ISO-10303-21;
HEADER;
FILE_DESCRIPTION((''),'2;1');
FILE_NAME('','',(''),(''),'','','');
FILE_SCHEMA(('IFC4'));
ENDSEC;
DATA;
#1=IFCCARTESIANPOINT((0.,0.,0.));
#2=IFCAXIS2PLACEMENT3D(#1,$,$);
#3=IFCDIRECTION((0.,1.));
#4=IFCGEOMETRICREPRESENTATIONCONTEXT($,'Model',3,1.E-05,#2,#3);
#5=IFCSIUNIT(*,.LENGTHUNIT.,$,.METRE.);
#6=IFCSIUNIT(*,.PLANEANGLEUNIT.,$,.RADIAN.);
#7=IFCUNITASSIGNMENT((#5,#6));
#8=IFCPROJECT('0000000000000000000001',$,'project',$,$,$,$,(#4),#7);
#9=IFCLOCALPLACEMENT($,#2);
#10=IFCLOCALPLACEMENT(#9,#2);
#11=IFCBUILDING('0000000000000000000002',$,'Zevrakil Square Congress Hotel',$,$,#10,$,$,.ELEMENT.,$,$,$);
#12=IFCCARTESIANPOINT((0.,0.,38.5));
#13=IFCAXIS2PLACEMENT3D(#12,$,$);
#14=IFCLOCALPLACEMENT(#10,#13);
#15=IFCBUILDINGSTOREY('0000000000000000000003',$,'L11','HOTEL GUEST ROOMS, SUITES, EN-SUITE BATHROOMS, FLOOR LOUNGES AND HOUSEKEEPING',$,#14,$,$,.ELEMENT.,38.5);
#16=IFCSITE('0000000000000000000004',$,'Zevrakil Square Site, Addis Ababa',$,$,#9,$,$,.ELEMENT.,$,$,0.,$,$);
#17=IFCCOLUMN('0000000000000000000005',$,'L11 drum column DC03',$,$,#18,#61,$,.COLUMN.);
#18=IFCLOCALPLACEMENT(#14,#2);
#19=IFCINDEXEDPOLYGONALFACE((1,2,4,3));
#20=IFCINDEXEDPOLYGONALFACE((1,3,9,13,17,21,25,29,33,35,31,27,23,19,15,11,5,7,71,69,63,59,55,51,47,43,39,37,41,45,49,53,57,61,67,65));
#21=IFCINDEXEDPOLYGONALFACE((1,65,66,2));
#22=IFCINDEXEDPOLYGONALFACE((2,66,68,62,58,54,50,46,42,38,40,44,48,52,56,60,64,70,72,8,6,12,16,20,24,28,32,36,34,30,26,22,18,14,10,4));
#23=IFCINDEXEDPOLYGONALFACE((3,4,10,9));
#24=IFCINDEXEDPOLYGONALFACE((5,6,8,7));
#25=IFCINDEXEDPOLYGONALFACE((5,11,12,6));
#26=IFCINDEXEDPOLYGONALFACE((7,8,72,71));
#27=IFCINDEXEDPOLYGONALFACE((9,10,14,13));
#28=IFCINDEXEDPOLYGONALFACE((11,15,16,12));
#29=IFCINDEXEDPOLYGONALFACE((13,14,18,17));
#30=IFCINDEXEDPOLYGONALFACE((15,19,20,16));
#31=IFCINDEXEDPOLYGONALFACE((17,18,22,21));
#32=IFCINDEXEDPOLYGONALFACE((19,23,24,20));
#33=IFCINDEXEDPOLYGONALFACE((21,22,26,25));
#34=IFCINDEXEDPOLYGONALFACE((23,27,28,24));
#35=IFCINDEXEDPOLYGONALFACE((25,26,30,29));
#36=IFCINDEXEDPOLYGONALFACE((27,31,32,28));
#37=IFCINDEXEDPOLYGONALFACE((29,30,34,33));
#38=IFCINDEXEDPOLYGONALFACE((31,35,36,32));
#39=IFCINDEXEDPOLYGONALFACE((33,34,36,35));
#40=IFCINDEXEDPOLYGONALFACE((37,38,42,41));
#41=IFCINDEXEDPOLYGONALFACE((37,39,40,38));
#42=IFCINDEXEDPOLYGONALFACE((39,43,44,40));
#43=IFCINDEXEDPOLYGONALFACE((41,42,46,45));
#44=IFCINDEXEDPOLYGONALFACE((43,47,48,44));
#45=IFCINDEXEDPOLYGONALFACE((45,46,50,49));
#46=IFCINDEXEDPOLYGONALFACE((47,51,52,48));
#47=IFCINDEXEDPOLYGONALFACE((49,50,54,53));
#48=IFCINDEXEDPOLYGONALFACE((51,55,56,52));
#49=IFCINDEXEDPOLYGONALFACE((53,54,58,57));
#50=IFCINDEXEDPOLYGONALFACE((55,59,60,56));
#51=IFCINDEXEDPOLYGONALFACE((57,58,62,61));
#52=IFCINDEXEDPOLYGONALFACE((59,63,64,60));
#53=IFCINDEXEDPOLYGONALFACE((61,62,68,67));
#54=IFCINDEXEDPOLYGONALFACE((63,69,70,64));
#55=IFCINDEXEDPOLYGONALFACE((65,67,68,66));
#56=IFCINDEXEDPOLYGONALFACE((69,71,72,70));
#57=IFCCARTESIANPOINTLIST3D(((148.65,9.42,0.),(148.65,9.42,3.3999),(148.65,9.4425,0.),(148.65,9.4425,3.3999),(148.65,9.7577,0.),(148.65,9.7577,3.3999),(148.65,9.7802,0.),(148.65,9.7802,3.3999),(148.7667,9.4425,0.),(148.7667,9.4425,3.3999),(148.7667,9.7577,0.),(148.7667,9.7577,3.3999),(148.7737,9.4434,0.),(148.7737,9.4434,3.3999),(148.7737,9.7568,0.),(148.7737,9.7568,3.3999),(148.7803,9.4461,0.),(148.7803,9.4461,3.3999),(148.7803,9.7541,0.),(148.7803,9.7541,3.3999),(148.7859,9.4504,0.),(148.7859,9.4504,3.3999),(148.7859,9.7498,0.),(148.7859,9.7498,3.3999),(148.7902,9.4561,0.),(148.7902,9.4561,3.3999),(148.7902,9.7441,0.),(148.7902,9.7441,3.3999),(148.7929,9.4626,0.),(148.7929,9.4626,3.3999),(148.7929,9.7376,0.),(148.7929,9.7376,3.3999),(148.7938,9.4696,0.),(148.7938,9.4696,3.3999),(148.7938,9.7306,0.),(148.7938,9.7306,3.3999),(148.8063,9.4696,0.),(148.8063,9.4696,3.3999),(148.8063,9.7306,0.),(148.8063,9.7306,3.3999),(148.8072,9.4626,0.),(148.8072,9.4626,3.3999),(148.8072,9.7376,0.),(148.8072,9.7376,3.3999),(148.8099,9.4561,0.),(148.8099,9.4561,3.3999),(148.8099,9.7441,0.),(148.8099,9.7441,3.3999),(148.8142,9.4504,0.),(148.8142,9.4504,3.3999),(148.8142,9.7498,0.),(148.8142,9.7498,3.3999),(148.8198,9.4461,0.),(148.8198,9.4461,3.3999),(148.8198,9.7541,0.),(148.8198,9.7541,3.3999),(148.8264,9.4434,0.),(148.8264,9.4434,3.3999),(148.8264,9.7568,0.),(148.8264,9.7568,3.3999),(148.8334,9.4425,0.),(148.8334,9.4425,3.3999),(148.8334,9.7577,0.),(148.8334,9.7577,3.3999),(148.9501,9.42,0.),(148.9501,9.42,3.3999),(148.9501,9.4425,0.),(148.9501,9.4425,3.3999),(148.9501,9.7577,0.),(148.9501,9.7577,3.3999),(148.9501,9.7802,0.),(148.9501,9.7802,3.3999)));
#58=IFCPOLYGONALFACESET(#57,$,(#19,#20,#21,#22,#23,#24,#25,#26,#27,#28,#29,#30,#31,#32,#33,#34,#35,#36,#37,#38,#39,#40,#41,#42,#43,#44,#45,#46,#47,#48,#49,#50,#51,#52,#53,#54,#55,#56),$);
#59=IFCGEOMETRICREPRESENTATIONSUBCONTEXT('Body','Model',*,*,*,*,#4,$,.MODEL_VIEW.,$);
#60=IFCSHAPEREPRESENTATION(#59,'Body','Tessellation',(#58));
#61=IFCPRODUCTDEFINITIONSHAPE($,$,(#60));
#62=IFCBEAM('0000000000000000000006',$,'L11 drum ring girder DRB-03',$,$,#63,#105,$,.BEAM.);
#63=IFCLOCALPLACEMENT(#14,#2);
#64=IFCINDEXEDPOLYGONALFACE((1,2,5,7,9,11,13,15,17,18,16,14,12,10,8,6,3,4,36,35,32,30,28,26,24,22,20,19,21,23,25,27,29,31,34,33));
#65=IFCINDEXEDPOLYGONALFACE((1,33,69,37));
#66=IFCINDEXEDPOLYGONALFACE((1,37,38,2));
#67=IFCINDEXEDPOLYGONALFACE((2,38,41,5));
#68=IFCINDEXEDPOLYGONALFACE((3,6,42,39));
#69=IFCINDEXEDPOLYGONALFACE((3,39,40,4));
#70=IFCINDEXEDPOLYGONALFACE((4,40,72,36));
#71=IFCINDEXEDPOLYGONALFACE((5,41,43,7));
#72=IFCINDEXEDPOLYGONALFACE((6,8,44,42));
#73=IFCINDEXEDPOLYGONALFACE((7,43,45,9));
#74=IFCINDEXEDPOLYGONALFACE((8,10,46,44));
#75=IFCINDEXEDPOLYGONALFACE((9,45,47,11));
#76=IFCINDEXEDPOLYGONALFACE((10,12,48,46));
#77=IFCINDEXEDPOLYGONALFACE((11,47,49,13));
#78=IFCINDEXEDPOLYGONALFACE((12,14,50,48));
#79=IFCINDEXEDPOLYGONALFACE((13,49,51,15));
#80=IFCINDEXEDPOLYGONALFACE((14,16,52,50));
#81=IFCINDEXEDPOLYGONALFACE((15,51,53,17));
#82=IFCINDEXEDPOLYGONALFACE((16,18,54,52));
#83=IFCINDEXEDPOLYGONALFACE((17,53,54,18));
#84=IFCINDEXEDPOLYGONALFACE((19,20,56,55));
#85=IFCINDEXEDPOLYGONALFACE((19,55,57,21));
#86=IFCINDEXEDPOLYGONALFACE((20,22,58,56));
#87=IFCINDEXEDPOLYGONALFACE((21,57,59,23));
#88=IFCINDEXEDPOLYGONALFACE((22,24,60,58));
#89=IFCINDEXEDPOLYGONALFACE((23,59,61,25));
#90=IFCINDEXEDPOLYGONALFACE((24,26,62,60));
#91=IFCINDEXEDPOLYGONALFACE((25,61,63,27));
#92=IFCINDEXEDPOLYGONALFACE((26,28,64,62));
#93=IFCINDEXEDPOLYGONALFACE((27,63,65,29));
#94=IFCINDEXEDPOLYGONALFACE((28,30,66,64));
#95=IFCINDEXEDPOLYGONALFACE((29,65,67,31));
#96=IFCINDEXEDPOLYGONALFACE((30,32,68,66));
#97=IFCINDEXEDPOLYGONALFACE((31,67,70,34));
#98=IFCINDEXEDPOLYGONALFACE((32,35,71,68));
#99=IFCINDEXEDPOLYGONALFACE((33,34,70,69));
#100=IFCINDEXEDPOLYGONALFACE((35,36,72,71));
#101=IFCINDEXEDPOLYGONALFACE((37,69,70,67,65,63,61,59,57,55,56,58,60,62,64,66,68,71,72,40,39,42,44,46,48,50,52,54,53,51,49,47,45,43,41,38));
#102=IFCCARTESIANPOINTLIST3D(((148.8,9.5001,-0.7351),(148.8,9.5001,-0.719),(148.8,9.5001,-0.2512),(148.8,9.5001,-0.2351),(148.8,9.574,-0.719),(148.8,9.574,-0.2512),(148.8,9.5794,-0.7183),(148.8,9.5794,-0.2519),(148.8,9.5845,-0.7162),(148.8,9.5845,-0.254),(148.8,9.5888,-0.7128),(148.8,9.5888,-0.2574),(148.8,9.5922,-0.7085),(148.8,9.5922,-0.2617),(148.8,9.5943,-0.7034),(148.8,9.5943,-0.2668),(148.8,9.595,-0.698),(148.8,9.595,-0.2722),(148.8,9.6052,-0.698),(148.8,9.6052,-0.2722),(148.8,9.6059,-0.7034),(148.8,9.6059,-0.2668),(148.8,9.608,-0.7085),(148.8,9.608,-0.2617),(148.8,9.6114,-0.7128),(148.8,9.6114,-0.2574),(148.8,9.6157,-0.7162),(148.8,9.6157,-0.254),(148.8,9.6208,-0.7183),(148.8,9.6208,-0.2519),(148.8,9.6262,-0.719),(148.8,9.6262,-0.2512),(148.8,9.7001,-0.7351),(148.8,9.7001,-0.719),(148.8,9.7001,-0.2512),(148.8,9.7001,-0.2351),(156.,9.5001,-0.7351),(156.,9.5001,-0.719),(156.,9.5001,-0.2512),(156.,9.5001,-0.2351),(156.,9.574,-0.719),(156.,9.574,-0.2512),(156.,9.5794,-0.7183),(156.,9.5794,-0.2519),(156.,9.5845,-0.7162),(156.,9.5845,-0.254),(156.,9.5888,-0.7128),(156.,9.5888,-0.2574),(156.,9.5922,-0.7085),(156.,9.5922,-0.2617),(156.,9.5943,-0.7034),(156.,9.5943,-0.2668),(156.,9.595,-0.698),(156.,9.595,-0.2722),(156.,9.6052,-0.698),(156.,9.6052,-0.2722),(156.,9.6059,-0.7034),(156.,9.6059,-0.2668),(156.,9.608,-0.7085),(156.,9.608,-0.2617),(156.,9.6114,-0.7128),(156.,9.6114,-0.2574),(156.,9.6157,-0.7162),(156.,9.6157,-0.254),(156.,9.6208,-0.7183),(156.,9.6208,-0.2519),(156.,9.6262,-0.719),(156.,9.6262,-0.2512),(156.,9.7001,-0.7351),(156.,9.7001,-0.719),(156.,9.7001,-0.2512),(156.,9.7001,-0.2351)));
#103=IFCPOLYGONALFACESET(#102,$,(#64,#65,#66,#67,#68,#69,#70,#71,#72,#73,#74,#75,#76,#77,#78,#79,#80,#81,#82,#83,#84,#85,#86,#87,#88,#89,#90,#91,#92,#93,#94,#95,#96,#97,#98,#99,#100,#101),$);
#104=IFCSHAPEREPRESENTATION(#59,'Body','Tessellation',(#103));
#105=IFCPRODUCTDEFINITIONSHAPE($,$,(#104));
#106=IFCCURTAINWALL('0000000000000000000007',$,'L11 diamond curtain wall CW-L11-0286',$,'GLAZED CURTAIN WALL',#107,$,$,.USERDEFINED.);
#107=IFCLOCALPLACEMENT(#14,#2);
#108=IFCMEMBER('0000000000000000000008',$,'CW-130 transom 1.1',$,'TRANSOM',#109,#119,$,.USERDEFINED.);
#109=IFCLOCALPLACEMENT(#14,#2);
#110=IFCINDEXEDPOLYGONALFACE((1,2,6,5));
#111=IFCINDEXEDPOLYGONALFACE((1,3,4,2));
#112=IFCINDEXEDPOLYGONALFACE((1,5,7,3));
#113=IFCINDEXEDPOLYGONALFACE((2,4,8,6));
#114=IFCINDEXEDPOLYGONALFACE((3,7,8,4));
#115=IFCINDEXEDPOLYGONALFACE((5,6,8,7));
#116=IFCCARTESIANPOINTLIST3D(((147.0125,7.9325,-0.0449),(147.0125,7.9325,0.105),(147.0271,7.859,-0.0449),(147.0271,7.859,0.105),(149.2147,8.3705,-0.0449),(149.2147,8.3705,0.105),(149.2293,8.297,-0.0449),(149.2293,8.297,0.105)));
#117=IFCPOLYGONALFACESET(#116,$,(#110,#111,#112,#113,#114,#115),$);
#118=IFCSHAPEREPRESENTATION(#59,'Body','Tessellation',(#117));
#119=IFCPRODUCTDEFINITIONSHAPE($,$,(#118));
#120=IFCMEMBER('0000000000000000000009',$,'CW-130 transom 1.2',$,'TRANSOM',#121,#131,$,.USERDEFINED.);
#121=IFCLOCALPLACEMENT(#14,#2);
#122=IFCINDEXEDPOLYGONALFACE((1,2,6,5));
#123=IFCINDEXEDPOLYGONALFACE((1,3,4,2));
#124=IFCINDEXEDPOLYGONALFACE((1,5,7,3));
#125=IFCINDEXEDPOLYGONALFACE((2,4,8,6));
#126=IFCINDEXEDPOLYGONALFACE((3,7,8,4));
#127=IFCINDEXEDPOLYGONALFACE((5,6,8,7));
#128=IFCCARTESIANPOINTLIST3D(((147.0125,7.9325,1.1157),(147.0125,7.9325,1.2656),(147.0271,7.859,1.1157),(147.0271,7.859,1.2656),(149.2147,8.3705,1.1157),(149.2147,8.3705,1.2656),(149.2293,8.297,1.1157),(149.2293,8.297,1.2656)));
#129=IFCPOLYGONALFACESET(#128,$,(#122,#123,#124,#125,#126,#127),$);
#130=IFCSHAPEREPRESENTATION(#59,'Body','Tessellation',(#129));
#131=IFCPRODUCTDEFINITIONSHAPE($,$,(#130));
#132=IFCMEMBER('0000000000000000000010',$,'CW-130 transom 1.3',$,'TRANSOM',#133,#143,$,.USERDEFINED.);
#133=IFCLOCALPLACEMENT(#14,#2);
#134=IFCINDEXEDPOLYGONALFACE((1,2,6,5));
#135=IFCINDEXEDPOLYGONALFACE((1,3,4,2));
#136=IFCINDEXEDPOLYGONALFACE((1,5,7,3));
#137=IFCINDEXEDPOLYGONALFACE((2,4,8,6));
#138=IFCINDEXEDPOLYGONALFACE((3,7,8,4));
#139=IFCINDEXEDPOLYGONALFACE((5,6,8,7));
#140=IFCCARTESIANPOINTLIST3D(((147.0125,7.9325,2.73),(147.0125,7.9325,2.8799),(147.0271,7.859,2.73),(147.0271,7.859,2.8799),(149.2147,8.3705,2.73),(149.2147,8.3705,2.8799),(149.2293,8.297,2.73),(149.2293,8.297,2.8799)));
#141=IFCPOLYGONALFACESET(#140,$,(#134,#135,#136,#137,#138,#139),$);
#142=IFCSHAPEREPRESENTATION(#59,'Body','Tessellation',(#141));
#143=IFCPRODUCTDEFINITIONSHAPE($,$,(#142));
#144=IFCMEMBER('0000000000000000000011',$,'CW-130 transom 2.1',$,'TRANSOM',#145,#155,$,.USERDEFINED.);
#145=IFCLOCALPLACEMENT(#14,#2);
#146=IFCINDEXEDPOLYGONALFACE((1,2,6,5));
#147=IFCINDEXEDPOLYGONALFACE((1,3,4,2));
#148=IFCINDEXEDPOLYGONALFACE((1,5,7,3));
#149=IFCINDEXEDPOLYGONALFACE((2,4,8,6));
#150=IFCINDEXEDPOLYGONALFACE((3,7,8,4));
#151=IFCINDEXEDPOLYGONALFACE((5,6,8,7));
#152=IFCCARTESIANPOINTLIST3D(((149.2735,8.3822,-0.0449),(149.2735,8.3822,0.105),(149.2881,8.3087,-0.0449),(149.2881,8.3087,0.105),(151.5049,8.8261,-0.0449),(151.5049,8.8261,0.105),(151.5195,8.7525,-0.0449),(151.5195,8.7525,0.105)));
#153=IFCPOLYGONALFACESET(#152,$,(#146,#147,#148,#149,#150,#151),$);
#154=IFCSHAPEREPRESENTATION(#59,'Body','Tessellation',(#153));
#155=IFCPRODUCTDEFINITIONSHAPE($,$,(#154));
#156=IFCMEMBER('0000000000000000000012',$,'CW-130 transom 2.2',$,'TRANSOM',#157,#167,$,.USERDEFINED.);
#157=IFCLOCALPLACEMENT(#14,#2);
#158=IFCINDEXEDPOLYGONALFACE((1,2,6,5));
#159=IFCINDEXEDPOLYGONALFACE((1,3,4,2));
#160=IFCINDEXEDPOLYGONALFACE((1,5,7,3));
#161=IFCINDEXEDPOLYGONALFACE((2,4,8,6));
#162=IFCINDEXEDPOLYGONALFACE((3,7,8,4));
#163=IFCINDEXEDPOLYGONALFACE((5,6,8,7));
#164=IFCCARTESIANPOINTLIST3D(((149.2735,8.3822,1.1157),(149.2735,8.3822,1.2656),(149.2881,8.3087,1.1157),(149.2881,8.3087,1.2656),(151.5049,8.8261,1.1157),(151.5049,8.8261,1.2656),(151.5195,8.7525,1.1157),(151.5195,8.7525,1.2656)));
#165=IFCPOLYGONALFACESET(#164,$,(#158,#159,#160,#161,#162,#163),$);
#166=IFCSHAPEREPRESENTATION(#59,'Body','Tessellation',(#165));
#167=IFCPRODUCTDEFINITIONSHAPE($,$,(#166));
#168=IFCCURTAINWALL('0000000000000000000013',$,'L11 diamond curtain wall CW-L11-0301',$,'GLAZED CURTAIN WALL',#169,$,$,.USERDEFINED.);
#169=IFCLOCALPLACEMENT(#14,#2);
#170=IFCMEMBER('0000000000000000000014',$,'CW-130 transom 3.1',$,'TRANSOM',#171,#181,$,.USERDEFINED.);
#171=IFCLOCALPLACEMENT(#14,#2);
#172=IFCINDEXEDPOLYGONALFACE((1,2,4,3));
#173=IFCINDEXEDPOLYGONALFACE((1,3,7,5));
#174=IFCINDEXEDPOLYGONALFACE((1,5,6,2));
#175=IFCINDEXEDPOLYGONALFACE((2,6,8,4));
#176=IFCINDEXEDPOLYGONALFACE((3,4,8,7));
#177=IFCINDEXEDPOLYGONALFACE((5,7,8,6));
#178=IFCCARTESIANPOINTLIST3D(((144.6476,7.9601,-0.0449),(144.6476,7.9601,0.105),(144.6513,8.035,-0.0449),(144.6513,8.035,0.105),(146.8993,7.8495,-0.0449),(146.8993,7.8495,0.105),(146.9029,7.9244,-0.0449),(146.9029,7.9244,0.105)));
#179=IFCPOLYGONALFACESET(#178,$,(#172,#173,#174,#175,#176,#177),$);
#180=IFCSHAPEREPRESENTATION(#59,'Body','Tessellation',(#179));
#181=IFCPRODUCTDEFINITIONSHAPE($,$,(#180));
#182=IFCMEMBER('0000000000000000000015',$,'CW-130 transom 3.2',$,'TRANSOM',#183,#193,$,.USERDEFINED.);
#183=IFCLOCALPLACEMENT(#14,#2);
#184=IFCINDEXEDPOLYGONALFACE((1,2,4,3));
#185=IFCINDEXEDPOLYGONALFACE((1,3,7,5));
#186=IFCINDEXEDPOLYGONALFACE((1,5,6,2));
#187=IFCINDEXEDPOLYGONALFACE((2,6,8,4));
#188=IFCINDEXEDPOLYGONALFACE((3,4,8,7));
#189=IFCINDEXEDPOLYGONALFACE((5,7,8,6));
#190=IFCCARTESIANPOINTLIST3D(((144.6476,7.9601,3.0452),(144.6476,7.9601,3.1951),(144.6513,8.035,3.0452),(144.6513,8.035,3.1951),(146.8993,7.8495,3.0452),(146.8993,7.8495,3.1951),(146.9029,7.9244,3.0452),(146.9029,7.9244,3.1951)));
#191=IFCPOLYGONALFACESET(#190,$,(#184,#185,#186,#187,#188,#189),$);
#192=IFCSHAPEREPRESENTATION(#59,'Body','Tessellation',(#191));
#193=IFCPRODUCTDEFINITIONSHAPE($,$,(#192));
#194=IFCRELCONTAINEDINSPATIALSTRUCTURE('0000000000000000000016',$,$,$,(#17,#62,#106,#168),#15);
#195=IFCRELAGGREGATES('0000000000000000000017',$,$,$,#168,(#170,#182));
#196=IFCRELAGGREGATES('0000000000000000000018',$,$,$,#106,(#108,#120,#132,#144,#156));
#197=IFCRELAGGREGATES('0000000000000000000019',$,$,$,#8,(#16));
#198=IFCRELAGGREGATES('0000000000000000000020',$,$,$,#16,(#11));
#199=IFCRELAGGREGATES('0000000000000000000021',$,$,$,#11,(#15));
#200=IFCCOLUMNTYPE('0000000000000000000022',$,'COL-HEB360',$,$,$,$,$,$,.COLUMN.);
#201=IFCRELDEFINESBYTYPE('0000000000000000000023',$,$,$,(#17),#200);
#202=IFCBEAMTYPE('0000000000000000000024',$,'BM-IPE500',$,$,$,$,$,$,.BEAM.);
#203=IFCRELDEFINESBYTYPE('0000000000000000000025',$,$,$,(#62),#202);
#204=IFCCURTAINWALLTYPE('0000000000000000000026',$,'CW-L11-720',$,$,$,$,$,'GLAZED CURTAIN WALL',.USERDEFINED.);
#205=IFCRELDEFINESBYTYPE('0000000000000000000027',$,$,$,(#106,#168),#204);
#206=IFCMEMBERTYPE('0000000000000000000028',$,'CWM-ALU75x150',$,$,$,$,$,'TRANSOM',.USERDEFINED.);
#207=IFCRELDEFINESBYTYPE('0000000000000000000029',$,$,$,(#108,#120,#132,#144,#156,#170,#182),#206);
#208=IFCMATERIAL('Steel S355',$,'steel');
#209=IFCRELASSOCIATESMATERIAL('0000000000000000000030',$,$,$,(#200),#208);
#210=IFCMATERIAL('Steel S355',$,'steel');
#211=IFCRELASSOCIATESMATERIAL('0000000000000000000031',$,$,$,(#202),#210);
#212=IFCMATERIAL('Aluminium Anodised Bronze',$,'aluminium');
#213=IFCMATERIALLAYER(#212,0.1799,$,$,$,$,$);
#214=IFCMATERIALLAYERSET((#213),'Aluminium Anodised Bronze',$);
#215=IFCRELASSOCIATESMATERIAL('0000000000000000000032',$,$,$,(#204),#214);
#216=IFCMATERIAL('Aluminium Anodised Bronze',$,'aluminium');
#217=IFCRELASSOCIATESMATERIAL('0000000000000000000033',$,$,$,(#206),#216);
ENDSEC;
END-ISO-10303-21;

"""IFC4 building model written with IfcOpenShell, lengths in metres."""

from ifc_helpers import new_model, si_unit, direction, frame, origin, origin_2d, place, context, subcontext, project, spatial, rectangle, i_section, extrude, material, layer, layer_set, material_profile, profile_set, type_object, element, aggregate, save


model = new_model("IFC4")

# Units and contexts
model_context = context("Model", 3, precision=1e-05, world=origin(), true_north=direction((0.0, 1.0)))
body_context = subcontext(model_context, "Body", "Model", "MODEL_VIEW")
ifc_project = project(units=[si_unit("LENGTHUNIT", "METRE"), si_unit("PLANEANGLEUNIT", "RADIAN")], contexts=[model_context])

# Site, building, storey
site_placement = place(None, origin())
site = spatial("IfcSite", under=ifc_project, at=site_placement, Name="Zevrakil Square Site, Addis Ababa", CompositionType="ELEMENT", RefElevation=0.0)
building_placement = place(site_placement, origin())
building = spatial("IfcBuilding", under=site, at=building_placement, Name="Zevrakil Square Congress Hotel", CompositionType="ELEMENT")
storey_placement = place(building_placement, frame((0.0, 0.0, 38.5)))
storey = spatial("IfcBuildingStorey", under=building, at=storey_placement, Name="L11", Description="HOTEL GUEST ROOMS, SUITES, EN-SUITE BATHROOMS, FLOOR LOUNGES AND HOUSEKEEPING", CompositionType="ELEMENT", Elevation=38.5)

# Column
ifc_material_1 = material(Name="Steel S355", Category="steel")
ifc_material_profile_1 = material_profile(ifc_material_1, i_section(OverallWidth=0.3, OverallDepth=0.3601, WebThickness=0.0125, FlangeThickness=0.0225, FilletRadius=0.0271, at=origin_2d()), Name="HEB 360")
ifc_profile_set_1 = profile_set([ifc_material_profile_1], Name="Steel S355")
column_type = type_object("IfcColumnType", Name="COL-HEB360", PredefinedType="COLUMN", material=ifc_profile_set_1)
column_placement = place(storey_placement, frame((148.8, 9.6001, 0.0), z_axis=(0.0, 0.0, 1.0), x_axis=(1.0, 0.0, 0.0)))
element("IfcColumn", 1, at=column_placement, inside=storey, type_object=column_type, Name="L11 drum column DC03", PredefinedType="COLUMN", context=body_context, shape_type="SweptSolid", body=[
    extrude(i_section(OverallWidth=0.3, OverallDepth=0.3601, WebThickness=0.0125, FlangeThickness=0.0225, FilletRadius=0.0271, at=origin_2d()), origin(), (0.0, 0.0, 1.0), 3.3999),
])

# Beam
ifc_material_2 = material(Name="Steel S355", Category="steel")
ifc_material_profile_2 = material_profile(ifc_material_2, i_section(OverallWidth=0.2, OverallDepth=0.5, WebThickness=0.0103, FlangeThickness=0.0161, FilletRadius=0.021, at=origin_2d()), Name="IPE 500")
ifc_profile_set_2 = profile_set([ifc_material_profile_2], Name="Steel S355")
beam_type_1 = type_object("IfcBeamType", Name="BM-IPE500", PredefinedType="BEAM", material=ifc_profile_set_2)
beam_1_placement = place(storey_placement, frame((148.8, 9.6001, -0.4851), z_axis=(1.0, 0.0, 0.0), x_axis=(0.0, 1.0, 0.0)))
element("IfcBeam", 2, at=beam_1_placement, inside=storey, type_object=beam_type_1, Name="L11 drum ring girder DRB-03", PredefinedType="BEAM", context=body_context, shape_type="SweptSolid", body=[
    extrude(i_section(OverallWidth=0.2, OverallDepth=0.5, WebThickness=0.0103, FlangeThickness=0.0161, FilletRadius=0.021, at=origin_2d()), origin(), (0.0, 0.0, 1.0), 7.2),
])

# Curtain walls, members
ifc_material_3 = material(Name="Aluminium Anodised Bronze", Category="aluminium")
ifc_layer_1 = layer(ifc_material_3, 0.1799)
ifc_layer_set_1 = layer_set([ifc_layer_1], Name="Aluminium Anodised Bronze")
curtain_wall_type = type_object("IfcCurtainWallType", Name="CW-L11-720", ElementType="GLAZED CURTAIN WALL", PredefinedType="USERDEFINED", material=ifc_layer_set_1)
curtain_wall_1_placement = place(storey_placement, origin())
curtain_wall_1 = element("IfcCurtainWall", 3, at=curtain_wall_1_placement, inside=storey, type_object=curtain_wall_type, Name="L11 diamond curtain wall CW-L11-0286", ObjectType="GLAZED CURTAIN WALL", PredefinedType="USERDEFINED")
ifc_material_4 = material(Name="Aluminium Anodised Bronze", Category="aluminium")
ifc_material_profile_3 = material_profile(ifc_material_4, rectangle(XDim=0.075, YDim=0.1499, at=origin_2d()), Name="ALU 75x150")
ifc_profile_set_3 = profile_set([ifc_material_profile_3], Name="Aluminium Anodised Bronze")
member_type_1 = type_object("IfcMemberType", Name="CWM-ALU75x150", ElementType="TRANSOM", PredefinedType="USERDEFINED", material=ifc_profile_set_3)
member_1_placement = place(storey_placement, frame((147.0198, 7.8958, 0.03), z_axis=(0.980789, 0.19507, 0.0), x_axis=(-0.19507, 0.980789, 0.0)))
member_1 = element("IfcMember", 4, at=member_1_placement, type_object=member_type_1, Name="CW-130 transom 1.1", ObjectType="TRANSOM", PredefinedType="USERDEFINED", context=body_context, shape_type="SweptSolid", body=[
    extrude(rectangle(XDim=0.075, YDim=0.1499, at=origin_2d()), origin(), (0.0, 0.0, 1.0), 2.2454),
])
member_2_placement = place(storey_placement, frame((147.0198, 7.8958, 1.1907), z_axis=(0.980789, 0.19507, 0.0), x_axis=(-0.19507, 0.980789, 0.0)))
member_2 = element("IfcMember", 5, at=member_2_placement, type_object=member_type_1, Name="CW-130 transom 1.2", ObjectType="TRANSOM", PredefinedType="USERDEFINED", context=body_context, shape_type="SweptSolid", body=[
    extrude(rectangle(XDim=0.075, YDim=0.1499, at=origin_2d()), origin(), (0.0, 0.0, 1.0), 2.2454),
])
member_3_placement = place(storey_placement, frame((147.0198, 7.8958, 2.8049), z_axis=(0.980789, 0.19507, 0.0), x_axis=(-0.19507, 0.980789, 0.0)))
member_3 = element("IfcMember", 6, at=member_3_placement, type_object=member_type_1, Name="CW-130 transom 1.3", ObjectType="TRANSOM", PredefinedType="USERDEFINED", context=body_context, shape_type="SweptSolid", body=[
    extrude(rectangle(XDim=0.075, YDim=0.1499, at=origin_2d()), origin(), (0.0, 0.0, 1.0), 2.2454),
])
member_4_placement = place(storey_placement, frame((149.2808, 8.3455, 0.03), z_axis=(0.980786, 0.195084, 0.0), x_axis=(-0.195084, 0.980786, 0.0)))
member_4 = element("IfcMember", 7, at=member_4_placement, type_object=member_type_1, Name="CW-130 transom 2.1", ObjectType="TRANSOM", PredefinedType="USERDEFINED", context=body_context, shape_type="SweptSolid", body=[
    extrude(rectangle(XDim=0.075, YDim=0.1499, at=origin_2d()), origin(), (0.0, 0.0, 1.0), 2.2751),
])
member_5_placement = place(storey_placement, frame((149.2808, 8.3455, 1.1907), z_axis=(0.980786, 0.195084, 0.0), x_axis=(-0.195084, 0.980786, 0.0)))
member_5 = element("IfcMember", 8, at=member_5_placement, type_object=member_type_1, Name="CW-130 transom 2.2", ObjectType="TRANSOM", PredefinedType="USERDEFINED", context=body_context, shape_type="SweptSolid", body=[
    extrude(rectangle(XDim=0.075, YDim=0.1499, at=origin_2d()), origin(), (0.0, 0.0, 1.0), 2.2751),
])
curtain_wall_2_placement = place(storey_placement, origin())
curtain_wall_2 = element("IfcCurtainWall", 9, at=curtain_wall_2_placement, inside=storey, type_object=curtain_wall_type, Name="L11 diamond curtain wall CW-L11-0301", ObjectType="GLAZED CURTAIN WALL", PredefinedType="USERDEFINED")
member_6_placement = place(storey_placement, frame((144.6494, 7.9976, 0.03), z_axis=(0.998796, -0.049057, 0.0), x_axis=(0.049057, 0.998796, 0.0)))
member_6 = element("IfcMember", 10, at=member_6_placement, type_object=member_type_1, Name="CW-130 transom 3.1", ObjectType="TRANSOM", PredefinedType="USERDEFINED", context=body_context, shape_type="SweptSolid", body=[
    extrude(rectangle(XDim=0.075, YDim=0.1499, at=origin_2d()), origin(), (0.0, 0.0, 1.0), 2.2544),
])
member_7_placement = place(storey_placement, frame((144.6494, 7.9976, 3.1201), z_axis=(0.998796, -0.049057, 0.0), x_axis=(0.049057, 0.998796, 0.0)))
member_7 = element("IfcMember", 11, at=member_7_placement, type_object=member_type_1, Name="CW-130 transom 3.2", ObjectType="TRANSOM", PredefinedType="USERDEFINED", context=body_context, shape_type="SweptSolid", body=[
    extrude(rectangle(XDim=0.075, YDim=0.1499, at=origin_2d()), origin(), (0.0, 0.0, 1.0), 2.2544),
])

aggregate(curtain_wall_2, [member_6, member_7])
aggregate(curtain_wall_1, [member_1, member_2, member_3, member_4, member_5])

save(model, "model.ifc")
